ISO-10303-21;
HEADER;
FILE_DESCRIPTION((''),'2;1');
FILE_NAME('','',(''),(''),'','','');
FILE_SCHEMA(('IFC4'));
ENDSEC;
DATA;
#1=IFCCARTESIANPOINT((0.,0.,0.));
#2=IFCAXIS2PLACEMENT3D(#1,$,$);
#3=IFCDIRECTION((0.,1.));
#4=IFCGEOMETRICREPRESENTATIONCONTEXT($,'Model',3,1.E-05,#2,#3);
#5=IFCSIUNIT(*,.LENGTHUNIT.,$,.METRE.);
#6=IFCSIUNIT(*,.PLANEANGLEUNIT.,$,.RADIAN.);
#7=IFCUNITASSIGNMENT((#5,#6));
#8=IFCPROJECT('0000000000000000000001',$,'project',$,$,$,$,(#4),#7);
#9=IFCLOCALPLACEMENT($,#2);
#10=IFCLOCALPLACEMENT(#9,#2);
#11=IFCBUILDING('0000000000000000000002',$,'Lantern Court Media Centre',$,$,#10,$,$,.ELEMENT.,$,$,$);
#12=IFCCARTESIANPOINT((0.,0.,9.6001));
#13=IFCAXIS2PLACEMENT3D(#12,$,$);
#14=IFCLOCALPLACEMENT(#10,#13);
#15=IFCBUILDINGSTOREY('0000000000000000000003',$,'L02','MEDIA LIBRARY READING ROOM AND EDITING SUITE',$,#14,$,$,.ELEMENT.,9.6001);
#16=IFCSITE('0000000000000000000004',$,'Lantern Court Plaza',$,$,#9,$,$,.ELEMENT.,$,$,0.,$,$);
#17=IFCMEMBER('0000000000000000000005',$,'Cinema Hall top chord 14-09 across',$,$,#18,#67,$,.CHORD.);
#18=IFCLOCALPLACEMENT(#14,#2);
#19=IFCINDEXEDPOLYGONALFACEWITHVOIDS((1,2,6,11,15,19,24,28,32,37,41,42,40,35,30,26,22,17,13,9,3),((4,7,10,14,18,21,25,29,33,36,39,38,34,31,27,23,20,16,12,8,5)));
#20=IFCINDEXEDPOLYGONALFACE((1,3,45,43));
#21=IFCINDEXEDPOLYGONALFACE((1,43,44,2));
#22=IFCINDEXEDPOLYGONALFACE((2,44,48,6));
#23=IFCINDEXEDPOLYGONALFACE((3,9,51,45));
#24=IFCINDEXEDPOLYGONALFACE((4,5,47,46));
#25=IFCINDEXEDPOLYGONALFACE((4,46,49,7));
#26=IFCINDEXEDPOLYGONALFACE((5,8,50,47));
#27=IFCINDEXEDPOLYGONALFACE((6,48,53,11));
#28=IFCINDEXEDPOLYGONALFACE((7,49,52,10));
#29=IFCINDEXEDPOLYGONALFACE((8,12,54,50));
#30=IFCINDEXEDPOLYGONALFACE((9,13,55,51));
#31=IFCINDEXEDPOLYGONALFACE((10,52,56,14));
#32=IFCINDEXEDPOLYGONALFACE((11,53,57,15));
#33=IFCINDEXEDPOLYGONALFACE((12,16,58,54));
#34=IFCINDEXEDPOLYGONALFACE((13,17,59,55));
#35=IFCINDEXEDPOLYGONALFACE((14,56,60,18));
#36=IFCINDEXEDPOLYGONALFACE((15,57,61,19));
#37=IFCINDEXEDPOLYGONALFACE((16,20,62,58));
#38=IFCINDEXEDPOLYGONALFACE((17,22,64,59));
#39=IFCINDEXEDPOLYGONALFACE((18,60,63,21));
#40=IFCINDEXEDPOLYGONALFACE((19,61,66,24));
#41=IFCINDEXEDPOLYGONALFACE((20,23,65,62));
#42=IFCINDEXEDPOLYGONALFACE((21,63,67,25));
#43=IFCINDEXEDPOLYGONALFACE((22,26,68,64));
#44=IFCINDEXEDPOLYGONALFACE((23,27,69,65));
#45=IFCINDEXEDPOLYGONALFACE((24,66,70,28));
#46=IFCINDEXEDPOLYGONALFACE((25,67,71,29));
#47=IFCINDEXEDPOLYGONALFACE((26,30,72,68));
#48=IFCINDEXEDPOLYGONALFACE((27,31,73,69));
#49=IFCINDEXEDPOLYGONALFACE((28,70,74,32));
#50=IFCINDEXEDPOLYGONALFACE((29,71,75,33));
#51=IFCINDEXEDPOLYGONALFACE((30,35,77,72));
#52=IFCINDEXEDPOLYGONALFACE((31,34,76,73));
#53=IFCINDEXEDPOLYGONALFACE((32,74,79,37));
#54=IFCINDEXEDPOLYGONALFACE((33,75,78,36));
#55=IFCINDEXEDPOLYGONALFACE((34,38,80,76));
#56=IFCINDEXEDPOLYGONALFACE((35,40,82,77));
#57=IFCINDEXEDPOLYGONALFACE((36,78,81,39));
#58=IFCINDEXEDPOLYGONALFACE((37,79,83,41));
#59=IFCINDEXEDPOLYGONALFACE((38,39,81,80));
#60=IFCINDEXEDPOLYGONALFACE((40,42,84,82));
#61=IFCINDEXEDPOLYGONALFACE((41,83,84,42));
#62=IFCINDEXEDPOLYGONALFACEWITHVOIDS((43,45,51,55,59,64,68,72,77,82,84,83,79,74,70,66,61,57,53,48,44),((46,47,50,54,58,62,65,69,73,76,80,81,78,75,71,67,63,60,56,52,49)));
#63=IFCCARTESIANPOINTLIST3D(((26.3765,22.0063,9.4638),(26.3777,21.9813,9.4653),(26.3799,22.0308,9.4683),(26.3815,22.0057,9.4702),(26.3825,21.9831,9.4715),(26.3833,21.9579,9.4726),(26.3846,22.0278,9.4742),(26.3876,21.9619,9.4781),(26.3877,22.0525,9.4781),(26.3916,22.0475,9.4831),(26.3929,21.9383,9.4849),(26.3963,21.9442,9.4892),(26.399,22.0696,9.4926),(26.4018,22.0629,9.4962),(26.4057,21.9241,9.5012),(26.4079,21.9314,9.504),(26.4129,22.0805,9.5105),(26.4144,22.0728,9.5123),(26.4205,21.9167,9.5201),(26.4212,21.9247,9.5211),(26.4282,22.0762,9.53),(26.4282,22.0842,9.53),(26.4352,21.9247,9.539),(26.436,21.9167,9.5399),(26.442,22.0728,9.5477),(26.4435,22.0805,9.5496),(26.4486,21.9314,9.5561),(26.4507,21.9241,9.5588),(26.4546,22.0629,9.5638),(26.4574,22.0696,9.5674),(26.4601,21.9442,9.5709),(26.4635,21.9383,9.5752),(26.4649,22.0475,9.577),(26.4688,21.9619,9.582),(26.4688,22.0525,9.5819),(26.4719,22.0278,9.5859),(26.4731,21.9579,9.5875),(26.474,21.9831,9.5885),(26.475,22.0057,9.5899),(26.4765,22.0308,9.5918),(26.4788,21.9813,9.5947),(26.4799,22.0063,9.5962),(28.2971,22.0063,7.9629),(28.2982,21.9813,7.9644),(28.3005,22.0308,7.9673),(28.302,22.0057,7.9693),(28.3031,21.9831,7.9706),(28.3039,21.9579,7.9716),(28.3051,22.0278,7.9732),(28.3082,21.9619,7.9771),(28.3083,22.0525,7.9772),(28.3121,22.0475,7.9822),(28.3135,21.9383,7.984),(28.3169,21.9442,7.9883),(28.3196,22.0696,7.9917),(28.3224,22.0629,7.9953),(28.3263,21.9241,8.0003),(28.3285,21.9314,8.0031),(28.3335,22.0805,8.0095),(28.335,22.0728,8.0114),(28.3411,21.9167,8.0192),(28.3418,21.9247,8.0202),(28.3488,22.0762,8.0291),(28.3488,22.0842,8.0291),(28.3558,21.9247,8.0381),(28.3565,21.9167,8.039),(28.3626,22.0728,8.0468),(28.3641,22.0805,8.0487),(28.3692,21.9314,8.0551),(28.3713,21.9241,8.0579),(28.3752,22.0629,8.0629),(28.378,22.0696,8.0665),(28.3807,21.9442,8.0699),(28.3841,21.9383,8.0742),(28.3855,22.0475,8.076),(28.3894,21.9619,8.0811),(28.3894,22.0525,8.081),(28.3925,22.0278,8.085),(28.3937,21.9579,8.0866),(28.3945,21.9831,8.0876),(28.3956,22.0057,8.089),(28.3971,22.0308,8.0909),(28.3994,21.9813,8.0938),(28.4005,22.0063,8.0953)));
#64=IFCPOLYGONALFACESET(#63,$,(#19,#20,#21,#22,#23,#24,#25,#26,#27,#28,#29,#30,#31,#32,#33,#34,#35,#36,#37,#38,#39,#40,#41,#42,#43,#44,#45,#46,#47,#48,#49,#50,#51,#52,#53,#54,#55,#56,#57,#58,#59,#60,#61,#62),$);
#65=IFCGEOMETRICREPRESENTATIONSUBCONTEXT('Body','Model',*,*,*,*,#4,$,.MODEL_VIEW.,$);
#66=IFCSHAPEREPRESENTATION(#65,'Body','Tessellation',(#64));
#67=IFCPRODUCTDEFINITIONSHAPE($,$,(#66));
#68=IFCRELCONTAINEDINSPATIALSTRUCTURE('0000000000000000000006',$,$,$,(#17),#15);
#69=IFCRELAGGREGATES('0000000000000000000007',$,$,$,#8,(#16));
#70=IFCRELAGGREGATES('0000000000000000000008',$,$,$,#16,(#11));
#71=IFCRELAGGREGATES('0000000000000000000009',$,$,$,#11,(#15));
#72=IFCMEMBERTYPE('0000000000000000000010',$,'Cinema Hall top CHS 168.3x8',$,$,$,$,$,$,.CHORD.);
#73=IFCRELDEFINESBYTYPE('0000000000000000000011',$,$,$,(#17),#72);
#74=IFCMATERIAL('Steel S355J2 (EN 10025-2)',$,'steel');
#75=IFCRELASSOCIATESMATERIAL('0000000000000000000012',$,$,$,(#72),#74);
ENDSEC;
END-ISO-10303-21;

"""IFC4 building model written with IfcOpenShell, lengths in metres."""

from ifc_helpers import new_model, si_unit, direction, frame, origin, origin_2d, place, context, subcontext, project, spatial, hollow_circle, extrude, material, material_profile, profile_set, type_object, element, save


model = new_model("IFC4")

# Units and contexts
model_context = context("Model", 3, precision=1e-05, world=origin(), true_north=direction((0.0, 1.0)))
body_context = subcontext(model_context, "Body", "Model", "MODEL_VIEW")
ifc_project = project(units=[si_unit("LENGTHUNIT", "METRE"), si_unit("PLANEANGLEUNIT", "RADIAN")], contexts=[model_context])

# Site, building, storey
site_placement = place(None, origin())
site = spatial("IfcSite", under=ifc_project, at=site_placement, Name="Lantern Court Plaza", CompositionType="ELEMENT", RefElevation=0.0)
building_placement = place(site_placement, origin())
building = spatial("IfcBuilding", under=site, at=building_placement, Name="Lantern Court Media Centre", CompositionType="ELEMENT")
storey_placement = place(building_placement, frame((0.0, 0.0, 9.6001)))
storey = spatial("IfcBuildingStorey", under=building, at=storey_placement, Name="L02", Description="MEDIA LIBRARY READING ROOM AND EDITING SUITE", CompositionType="ELEMENT", Elevation=9.6001)

# Member
ifc_material = material(Name="Steel S355J2 (EN 10025-2)", Category="steel")
ifc_material_profile_1 = material_profile(ifc_material, hollow_circle(Radius=0.0842, WallThickness=0.0081, at=origin_2d()), Name="Cinema Hall top CHS 168.3x8")
ifc_profile_set_1 = profile_set([ifc_material_profile_1], Name="Steel S355J2 (EN 10025-2)")
member_type_1 = type_object("IfcMemberType", Name="Cinema Hall top CHS 168.3x8", PredefinedType="CHORD", material=ifc_profile_set_1)
for number, where, z_axis, x_axis, name in (
    (1, (26.4282, 22.0, 9.53), (0.787932, 0.0, -0.615763), (0.0, 1.0, 0.0), "Cinema Hall top chord 14-09 across"),
):
    element("IfcMember", number, at=place(storey_placement, frame(where, z_axis=z_axis, x_axis=x_axis)), inside=storey, type_object=member_type_1, Name=name, PredefinedType="CHORD", context=body_context, shape_type="SweptSolid", body=[
        extrude(hollow_circle(Radius=0.0842, WallThickness=0.0081, at=origin_2d()), origin(), (0.0, 0.0, 1.0), 2.4375),
    ])

save(model, "model.ifc")
